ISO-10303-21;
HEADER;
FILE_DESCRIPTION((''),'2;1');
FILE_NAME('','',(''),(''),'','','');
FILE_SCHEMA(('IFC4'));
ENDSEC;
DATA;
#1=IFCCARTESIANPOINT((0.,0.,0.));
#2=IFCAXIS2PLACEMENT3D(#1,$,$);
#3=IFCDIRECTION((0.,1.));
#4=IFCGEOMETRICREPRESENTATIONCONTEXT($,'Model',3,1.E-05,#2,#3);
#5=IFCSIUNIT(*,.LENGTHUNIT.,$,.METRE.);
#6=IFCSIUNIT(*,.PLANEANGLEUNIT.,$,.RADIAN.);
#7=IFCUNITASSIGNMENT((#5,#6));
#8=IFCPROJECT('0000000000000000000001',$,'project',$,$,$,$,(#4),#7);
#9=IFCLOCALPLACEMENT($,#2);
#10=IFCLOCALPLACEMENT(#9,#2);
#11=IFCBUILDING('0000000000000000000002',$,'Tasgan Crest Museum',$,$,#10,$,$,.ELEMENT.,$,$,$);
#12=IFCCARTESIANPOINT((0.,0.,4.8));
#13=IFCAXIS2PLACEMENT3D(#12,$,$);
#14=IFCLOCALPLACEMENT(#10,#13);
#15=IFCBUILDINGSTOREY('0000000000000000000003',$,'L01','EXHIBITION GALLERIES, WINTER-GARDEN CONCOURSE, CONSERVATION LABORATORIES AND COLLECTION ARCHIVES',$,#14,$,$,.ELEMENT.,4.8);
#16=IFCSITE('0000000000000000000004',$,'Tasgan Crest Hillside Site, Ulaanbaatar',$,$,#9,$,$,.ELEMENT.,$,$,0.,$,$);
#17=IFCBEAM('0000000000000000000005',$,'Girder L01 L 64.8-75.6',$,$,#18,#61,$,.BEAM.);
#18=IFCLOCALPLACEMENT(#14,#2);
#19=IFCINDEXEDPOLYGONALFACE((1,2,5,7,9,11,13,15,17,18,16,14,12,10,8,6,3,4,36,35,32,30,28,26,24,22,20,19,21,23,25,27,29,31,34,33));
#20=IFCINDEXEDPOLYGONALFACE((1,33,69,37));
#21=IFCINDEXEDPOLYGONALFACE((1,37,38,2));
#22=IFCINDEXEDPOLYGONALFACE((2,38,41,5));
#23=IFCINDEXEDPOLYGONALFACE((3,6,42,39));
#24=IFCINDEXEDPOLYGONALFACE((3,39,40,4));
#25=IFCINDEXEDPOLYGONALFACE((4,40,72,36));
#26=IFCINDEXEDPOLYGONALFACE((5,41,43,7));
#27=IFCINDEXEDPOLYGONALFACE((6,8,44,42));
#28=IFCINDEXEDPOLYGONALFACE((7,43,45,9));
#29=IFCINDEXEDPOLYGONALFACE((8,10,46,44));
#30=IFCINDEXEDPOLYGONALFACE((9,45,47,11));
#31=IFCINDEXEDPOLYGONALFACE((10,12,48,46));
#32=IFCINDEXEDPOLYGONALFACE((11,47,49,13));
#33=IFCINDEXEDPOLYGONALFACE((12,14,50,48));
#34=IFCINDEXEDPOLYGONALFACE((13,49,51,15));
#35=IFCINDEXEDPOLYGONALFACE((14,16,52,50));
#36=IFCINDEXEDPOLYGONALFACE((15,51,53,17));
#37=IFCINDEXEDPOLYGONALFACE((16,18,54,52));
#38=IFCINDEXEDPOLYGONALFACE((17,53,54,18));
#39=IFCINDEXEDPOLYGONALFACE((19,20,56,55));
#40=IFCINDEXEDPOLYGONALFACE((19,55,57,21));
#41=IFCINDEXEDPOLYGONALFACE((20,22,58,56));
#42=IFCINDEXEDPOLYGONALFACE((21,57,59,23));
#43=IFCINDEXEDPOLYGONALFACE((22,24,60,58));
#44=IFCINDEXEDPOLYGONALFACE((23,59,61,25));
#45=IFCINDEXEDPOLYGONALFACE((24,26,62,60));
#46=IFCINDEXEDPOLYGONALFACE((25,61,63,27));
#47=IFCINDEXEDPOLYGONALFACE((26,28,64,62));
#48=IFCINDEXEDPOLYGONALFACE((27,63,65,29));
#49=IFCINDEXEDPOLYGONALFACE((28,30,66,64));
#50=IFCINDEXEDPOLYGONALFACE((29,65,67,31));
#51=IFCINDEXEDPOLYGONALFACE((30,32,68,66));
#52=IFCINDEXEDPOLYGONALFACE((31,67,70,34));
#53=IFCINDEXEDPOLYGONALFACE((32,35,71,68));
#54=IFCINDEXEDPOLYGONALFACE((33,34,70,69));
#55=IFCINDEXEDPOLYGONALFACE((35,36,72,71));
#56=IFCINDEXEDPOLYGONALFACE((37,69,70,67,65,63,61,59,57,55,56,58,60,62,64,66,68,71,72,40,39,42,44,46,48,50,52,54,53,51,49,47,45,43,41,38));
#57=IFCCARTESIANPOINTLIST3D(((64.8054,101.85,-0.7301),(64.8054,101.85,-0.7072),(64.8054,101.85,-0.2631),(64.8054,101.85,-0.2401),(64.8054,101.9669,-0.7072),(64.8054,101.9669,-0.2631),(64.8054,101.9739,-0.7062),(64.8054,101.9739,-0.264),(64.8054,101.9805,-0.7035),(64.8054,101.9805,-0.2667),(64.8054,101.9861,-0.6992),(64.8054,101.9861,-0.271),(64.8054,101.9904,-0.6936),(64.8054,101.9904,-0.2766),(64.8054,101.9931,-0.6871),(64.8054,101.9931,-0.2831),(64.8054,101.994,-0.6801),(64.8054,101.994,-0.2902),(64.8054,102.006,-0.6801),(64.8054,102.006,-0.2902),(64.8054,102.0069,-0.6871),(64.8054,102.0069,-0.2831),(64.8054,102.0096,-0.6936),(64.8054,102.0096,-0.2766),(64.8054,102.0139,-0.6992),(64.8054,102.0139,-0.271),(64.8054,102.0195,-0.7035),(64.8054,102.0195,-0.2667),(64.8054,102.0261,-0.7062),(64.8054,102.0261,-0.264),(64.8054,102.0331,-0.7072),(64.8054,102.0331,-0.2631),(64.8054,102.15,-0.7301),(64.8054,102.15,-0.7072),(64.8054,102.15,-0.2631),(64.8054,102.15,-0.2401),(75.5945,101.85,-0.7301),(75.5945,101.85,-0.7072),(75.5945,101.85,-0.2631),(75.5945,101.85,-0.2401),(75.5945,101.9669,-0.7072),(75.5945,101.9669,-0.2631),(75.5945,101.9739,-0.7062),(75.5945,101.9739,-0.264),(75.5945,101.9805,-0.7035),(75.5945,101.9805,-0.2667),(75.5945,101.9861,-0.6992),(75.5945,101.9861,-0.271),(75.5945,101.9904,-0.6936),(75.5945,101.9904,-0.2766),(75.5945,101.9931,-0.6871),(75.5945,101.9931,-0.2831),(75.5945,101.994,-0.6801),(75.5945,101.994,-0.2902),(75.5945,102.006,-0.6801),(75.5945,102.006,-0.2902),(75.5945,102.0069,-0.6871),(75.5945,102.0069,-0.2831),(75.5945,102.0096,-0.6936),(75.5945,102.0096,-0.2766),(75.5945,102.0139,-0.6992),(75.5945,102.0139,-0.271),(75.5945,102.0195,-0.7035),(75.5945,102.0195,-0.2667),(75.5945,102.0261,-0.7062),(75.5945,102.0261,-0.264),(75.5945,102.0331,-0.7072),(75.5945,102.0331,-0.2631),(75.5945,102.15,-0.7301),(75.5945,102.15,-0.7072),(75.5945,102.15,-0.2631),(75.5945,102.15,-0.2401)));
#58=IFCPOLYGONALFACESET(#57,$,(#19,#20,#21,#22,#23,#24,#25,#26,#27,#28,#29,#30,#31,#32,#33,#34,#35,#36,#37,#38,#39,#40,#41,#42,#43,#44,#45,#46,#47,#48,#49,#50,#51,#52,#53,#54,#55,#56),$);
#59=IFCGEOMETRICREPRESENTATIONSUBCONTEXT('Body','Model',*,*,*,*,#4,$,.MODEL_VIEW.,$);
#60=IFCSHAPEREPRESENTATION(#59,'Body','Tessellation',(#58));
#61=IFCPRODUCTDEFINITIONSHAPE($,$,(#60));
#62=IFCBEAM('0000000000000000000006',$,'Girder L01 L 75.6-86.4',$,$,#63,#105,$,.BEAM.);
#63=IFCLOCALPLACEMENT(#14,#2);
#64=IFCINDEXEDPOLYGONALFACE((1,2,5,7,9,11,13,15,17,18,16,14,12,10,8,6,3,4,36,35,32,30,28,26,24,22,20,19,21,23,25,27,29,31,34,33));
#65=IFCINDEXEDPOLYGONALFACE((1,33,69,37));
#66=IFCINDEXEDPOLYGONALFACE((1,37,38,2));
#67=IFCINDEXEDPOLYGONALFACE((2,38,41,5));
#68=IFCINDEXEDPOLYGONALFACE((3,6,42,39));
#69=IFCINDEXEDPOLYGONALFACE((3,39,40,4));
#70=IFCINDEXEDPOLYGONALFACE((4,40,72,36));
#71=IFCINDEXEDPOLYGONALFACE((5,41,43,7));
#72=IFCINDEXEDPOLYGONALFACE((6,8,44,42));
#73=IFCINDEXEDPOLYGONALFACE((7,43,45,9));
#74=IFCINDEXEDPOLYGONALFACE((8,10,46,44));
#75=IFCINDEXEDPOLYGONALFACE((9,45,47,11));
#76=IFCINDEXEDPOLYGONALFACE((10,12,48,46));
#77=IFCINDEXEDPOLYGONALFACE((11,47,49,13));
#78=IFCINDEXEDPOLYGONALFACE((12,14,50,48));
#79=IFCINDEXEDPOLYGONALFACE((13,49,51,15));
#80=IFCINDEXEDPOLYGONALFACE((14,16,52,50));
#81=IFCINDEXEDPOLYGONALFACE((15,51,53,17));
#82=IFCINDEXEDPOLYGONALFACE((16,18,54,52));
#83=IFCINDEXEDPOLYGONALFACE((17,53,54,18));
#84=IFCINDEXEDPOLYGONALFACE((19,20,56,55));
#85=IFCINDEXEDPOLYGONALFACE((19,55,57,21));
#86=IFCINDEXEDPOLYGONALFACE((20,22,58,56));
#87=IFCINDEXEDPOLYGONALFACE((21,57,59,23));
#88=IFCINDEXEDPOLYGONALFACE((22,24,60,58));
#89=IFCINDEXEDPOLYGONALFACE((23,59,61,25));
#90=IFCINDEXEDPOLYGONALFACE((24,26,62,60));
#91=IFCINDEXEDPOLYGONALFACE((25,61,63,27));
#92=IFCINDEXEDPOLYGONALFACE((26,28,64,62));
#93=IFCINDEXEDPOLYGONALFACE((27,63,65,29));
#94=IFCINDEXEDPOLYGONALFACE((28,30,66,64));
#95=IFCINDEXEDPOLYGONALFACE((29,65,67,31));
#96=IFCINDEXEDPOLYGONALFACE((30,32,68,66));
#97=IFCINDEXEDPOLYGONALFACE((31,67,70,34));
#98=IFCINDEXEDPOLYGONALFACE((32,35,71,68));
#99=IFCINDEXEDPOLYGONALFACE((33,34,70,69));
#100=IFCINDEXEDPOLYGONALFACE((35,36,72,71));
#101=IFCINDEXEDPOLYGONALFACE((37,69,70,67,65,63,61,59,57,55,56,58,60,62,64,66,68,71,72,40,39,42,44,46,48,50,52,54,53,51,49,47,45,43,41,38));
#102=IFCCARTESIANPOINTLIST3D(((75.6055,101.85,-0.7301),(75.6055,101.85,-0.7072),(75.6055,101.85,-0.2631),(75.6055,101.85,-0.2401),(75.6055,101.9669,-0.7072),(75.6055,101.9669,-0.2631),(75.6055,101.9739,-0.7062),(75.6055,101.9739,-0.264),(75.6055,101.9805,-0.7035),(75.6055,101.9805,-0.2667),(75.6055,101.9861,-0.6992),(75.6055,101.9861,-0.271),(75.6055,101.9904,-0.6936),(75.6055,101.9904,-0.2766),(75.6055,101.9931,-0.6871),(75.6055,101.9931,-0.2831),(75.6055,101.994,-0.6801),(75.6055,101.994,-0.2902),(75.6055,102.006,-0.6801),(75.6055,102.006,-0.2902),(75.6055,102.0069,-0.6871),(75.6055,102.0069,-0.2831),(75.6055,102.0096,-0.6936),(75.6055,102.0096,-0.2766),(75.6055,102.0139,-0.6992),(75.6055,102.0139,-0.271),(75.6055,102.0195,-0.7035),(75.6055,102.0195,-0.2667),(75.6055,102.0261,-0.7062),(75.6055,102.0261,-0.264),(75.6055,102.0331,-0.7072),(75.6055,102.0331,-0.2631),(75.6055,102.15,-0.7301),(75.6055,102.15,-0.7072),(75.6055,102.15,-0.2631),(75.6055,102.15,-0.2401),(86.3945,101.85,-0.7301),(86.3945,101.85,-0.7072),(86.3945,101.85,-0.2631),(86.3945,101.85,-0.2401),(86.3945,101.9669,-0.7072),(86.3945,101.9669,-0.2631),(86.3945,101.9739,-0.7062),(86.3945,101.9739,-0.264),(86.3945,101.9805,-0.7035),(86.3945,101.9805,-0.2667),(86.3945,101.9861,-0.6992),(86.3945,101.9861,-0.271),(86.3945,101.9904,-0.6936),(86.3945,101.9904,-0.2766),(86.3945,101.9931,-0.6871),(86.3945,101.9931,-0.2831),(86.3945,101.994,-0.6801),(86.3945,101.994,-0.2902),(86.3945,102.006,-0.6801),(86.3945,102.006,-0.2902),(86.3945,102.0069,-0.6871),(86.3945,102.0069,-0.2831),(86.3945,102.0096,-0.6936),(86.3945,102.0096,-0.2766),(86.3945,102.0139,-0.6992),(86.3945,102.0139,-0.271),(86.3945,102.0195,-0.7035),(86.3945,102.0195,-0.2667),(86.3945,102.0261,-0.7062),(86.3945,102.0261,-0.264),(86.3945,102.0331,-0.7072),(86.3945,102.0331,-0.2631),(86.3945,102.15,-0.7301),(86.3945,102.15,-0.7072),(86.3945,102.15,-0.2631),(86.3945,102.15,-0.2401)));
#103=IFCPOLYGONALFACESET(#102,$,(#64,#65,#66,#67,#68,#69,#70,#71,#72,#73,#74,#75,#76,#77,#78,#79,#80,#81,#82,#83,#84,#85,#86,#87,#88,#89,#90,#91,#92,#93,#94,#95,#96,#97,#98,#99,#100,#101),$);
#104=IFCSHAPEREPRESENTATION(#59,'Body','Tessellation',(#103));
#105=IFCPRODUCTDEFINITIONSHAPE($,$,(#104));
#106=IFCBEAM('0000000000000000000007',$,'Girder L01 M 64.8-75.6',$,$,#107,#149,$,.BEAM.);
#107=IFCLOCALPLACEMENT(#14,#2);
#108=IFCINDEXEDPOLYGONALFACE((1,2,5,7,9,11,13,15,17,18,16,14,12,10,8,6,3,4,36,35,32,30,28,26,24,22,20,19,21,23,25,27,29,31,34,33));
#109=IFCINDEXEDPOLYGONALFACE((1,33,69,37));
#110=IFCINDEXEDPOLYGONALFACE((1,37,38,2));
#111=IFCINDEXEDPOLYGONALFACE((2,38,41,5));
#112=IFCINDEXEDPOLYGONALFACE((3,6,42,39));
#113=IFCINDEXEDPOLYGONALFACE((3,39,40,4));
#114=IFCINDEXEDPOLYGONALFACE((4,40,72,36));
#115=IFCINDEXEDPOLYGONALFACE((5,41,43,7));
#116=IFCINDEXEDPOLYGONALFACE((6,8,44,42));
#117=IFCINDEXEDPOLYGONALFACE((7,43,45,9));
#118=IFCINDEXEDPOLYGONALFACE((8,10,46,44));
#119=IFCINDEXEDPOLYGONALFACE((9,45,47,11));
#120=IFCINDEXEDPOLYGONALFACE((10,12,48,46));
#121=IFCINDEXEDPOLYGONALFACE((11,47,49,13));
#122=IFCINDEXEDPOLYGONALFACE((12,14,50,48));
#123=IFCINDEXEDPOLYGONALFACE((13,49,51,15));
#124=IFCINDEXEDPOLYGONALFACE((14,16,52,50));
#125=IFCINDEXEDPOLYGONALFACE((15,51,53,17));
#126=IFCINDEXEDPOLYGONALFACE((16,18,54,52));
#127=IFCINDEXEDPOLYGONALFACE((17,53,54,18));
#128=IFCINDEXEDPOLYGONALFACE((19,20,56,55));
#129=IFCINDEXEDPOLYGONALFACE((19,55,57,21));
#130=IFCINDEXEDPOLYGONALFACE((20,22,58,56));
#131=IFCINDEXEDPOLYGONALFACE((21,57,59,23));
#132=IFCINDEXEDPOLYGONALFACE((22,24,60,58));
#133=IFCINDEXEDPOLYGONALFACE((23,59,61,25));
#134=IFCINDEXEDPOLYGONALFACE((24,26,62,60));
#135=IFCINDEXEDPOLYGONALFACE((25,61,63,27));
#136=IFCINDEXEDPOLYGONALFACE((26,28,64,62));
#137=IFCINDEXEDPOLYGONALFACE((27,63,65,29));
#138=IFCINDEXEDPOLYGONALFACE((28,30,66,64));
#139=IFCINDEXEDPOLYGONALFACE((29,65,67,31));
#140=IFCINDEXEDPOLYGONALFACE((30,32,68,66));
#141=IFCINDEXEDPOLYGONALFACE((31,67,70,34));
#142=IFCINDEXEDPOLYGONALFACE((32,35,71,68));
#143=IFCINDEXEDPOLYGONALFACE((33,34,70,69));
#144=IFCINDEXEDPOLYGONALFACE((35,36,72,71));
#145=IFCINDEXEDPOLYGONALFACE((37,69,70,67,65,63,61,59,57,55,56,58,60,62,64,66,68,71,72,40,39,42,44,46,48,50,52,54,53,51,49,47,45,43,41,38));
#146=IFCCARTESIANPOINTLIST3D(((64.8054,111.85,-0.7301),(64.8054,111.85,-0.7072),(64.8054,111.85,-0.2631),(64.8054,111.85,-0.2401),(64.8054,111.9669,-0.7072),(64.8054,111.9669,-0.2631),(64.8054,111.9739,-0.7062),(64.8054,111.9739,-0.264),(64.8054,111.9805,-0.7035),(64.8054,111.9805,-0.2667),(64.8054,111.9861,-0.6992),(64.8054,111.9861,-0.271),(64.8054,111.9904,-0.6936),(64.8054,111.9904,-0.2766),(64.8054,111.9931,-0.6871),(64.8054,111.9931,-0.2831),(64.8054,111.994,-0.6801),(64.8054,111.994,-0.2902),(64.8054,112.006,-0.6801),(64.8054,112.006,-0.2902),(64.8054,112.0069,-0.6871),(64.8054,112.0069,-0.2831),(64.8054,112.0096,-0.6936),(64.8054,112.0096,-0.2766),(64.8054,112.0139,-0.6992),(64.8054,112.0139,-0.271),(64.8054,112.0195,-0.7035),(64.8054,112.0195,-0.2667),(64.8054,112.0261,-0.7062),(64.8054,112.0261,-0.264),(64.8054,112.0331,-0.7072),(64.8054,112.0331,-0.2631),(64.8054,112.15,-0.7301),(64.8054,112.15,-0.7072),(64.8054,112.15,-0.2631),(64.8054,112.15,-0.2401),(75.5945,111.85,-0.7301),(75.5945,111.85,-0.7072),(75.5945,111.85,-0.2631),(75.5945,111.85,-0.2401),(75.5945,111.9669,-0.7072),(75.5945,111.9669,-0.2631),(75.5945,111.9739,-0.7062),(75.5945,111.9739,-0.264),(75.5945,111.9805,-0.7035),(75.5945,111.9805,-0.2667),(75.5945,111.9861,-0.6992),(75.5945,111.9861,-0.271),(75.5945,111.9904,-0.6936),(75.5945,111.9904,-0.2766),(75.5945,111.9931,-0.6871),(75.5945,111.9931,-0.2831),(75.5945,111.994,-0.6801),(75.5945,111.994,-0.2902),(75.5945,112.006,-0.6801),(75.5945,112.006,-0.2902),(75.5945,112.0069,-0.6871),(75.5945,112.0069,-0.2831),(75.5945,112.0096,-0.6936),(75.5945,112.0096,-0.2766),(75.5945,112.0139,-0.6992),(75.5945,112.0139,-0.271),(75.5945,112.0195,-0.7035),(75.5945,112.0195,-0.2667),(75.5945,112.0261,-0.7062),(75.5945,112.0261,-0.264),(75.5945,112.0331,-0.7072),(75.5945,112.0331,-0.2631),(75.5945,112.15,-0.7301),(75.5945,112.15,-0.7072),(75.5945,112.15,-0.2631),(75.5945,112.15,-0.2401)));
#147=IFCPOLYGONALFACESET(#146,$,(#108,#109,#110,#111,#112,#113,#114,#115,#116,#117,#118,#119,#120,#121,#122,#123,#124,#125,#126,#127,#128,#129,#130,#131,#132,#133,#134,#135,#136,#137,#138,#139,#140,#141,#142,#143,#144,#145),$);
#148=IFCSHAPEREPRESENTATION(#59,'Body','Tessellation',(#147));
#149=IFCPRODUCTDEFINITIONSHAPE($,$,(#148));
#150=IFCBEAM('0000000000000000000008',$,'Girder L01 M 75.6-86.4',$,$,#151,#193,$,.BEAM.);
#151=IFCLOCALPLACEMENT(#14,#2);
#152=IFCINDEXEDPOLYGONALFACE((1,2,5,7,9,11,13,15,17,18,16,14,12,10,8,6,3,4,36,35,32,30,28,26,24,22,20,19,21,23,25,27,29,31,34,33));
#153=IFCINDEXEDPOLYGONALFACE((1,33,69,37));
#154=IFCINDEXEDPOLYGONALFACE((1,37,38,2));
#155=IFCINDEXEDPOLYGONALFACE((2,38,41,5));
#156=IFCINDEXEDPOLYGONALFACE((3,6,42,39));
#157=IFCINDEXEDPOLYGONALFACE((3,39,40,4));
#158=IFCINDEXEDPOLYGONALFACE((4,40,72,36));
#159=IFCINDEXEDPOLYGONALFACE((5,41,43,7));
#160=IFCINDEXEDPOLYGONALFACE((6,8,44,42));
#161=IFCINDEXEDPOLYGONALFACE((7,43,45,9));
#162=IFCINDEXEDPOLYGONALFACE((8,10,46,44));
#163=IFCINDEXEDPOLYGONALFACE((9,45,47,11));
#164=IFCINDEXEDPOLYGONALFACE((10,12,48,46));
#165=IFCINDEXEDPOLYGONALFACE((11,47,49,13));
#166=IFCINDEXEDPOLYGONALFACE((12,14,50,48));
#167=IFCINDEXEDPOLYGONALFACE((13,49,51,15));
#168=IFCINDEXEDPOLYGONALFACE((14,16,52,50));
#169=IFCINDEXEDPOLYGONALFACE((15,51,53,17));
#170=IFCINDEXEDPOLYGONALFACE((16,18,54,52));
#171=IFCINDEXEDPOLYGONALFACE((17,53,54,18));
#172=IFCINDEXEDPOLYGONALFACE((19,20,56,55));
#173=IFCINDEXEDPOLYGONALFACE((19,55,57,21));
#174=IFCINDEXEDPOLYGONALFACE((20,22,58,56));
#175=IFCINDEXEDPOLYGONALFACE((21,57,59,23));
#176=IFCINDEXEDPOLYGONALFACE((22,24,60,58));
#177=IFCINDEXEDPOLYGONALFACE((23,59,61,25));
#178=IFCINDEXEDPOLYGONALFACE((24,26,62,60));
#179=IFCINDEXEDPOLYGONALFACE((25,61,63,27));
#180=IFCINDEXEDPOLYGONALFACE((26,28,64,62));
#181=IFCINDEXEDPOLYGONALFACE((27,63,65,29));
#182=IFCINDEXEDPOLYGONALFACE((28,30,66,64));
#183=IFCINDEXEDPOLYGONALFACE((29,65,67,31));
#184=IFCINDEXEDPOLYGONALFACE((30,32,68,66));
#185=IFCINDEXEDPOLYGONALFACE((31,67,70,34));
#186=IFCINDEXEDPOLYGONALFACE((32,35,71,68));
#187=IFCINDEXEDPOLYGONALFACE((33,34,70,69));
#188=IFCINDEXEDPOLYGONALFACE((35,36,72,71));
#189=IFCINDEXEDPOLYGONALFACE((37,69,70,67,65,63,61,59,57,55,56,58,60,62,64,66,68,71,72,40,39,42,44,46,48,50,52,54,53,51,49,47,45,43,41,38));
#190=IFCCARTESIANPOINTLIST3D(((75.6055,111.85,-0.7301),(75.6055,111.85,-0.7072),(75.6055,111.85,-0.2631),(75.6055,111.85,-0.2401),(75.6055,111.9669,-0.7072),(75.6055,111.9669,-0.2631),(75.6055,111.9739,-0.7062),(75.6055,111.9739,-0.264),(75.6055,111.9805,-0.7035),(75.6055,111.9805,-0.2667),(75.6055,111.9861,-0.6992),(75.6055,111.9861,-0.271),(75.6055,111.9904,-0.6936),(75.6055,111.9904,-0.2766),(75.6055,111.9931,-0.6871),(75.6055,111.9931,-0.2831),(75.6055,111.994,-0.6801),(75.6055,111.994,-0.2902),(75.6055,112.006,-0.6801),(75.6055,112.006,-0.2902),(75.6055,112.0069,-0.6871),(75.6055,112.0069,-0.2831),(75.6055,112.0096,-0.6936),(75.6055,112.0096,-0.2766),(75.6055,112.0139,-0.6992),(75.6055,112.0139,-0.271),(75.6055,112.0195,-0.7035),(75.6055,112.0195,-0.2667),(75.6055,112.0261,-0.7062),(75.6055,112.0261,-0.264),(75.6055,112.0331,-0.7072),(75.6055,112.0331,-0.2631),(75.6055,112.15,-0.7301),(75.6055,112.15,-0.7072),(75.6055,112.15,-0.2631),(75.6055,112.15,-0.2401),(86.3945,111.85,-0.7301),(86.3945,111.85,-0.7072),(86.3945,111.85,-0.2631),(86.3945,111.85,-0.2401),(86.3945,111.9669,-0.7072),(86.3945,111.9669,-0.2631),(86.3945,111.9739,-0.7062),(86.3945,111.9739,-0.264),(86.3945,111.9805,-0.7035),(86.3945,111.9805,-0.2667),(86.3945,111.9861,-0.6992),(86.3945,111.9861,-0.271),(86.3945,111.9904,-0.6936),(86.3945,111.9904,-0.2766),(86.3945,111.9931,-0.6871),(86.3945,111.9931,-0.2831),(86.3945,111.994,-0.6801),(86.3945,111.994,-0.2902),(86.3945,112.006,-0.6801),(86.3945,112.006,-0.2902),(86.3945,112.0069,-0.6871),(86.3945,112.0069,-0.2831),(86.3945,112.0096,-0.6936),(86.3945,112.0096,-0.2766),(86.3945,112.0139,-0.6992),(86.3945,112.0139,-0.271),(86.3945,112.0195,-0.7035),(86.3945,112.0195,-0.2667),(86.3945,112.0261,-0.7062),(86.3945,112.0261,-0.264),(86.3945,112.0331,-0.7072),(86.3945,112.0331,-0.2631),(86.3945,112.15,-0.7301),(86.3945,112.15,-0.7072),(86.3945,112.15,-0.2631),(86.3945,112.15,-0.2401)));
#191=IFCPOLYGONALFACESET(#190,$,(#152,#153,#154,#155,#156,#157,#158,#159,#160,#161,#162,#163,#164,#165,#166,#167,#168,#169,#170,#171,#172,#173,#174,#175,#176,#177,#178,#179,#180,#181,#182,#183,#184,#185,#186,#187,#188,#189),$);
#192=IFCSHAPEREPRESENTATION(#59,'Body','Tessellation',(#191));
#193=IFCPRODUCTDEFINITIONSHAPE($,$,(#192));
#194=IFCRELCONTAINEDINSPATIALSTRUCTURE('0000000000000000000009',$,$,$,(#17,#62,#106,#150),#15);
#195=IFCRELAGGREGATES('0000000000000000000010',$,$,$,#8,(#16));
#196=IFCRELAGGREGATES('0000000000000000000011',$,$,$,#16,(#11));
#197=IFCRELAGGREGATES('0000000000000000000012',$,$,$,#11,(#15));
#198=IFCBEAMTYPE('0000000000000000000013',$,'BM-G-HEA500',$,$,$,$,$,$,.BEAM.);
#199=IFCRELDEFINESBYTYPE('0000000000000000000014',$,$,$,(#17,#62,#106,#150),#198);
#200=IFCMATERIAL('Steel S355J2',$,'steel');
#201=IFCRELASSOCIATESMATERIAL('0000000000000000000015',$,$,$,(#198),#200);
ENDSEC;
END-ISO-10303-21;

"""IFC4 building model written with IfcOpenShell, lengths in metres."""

from ifc_helpers import new_model, si_unit, direction, frame, origin, origin_2d, place, context, subcontext, project, spatial, i_section, extrude, material, material_profile, profile_set, type_object, element, save


model = new_model("IFC4")

# Units and contexts
model_context = context("Model", 3, precision=1e-05, world=origin(), true_north=direction((0.0, 1.0)))
body_context = subcontext(model_context, "Body", "Model", "MODEL_VIEW")
ifc_project = project(units=[si_unit("LENGTHUNIT", "METRE"), si_unit("PLANEANGLEUNIT", "RADIAN")], contexts=[model_context])

# Site, building, storey
site_placement = place(None, origin())
site = spatial("IfcSite", under=ifc_project, at=site_placement, Name="Tasgan Crest Hillside Site, Ulaanbaatar", CompositionType="ELEMENT", RefElevation=0.0)
building_placement = place(site_placement, origin())
building = spatial("IfcBuilding", under=site, at=building_placement, Name="Tasgan Crest Museum", CompositionType="ELEMENT")
storey_placement = place(building_placement, frame((0.0, 0.0, 4.8)))
storey = spatial("IfcBuildingStorey", under=building, at=storey_placement, Name="L01", Description="EXHIBITION GALLERIES, WINTER-GARDEN CONCOURSE, CONSERVATION LABORATORIES AND COLLECTION ARCHIVES", CompositionType="ELEMENT", Elevation=4.8)

# Beams
ifc_material_1 = material(Name="Steel S355J2", Category="steel")
ifc_material_profile_1 = material_profile(ifc_material_1, i_section(OverallWidth=0.3, OverallDepth=0.49, WebThickness=0.012, FlangeThickness=0.0229, FilletRadius=0.0271, at=origin_2d()), Name="HEA 500")
ifc_profile_set_1 = profile_set([ifc_material_profile_1], Name="Steel S355J2")
beam_type_1 = type_object("IfcBeamType", Name="BM-G-HEA500", PredefinedType="BEAM", material=ifc_profile_set_1)
for number, where, z_axis, x_axis, name in (
    (1, (64.8054, 102.0, -0.4851), (1.0, 0.0, 0.0), (0.0, 1.0, 0.0), "Girder L01 L 64.8-75.6"),
    (2, (75.6055, 102.0, -0.4851), (1.0, 0.0, 0.0), (0.0, 1.0, 0.0), "Girder L01 L 75.6-86.4"),
    (3, (64.8054, 112.0, -0.4851), (1.0, 0.0, 0.0), (0.0, 1.0, 0.0), "Girder L01 M 64.8-75.6"),
    (4, (75.6055, 112.0, -0.4851), (1.0, 0.0, 0.0), (0.0, 1.0, 0.0), "Girder L01 M 75.6-86.4"),
):
    element("IfcBeam", number, at=place(storey_placement, frame(where, z_axis=z_axis, x_axis=x_axis)), inside=storey, type_object=beam_type_1, Name=name, PredefinedType="BEAM", context=body_context, shape_type="SweptSolid", body=[
        extrude(i_section(OverallWidth=0.3, OverallDepth=0.49, WebThickness=0.012, FlangeThickness=0.0229, FilletRadius=0.0271, at=origin_2d()), origin(), (0.0, 0.0, 1.0), 10.7891),
    ])

save(model, "model.ifc")
